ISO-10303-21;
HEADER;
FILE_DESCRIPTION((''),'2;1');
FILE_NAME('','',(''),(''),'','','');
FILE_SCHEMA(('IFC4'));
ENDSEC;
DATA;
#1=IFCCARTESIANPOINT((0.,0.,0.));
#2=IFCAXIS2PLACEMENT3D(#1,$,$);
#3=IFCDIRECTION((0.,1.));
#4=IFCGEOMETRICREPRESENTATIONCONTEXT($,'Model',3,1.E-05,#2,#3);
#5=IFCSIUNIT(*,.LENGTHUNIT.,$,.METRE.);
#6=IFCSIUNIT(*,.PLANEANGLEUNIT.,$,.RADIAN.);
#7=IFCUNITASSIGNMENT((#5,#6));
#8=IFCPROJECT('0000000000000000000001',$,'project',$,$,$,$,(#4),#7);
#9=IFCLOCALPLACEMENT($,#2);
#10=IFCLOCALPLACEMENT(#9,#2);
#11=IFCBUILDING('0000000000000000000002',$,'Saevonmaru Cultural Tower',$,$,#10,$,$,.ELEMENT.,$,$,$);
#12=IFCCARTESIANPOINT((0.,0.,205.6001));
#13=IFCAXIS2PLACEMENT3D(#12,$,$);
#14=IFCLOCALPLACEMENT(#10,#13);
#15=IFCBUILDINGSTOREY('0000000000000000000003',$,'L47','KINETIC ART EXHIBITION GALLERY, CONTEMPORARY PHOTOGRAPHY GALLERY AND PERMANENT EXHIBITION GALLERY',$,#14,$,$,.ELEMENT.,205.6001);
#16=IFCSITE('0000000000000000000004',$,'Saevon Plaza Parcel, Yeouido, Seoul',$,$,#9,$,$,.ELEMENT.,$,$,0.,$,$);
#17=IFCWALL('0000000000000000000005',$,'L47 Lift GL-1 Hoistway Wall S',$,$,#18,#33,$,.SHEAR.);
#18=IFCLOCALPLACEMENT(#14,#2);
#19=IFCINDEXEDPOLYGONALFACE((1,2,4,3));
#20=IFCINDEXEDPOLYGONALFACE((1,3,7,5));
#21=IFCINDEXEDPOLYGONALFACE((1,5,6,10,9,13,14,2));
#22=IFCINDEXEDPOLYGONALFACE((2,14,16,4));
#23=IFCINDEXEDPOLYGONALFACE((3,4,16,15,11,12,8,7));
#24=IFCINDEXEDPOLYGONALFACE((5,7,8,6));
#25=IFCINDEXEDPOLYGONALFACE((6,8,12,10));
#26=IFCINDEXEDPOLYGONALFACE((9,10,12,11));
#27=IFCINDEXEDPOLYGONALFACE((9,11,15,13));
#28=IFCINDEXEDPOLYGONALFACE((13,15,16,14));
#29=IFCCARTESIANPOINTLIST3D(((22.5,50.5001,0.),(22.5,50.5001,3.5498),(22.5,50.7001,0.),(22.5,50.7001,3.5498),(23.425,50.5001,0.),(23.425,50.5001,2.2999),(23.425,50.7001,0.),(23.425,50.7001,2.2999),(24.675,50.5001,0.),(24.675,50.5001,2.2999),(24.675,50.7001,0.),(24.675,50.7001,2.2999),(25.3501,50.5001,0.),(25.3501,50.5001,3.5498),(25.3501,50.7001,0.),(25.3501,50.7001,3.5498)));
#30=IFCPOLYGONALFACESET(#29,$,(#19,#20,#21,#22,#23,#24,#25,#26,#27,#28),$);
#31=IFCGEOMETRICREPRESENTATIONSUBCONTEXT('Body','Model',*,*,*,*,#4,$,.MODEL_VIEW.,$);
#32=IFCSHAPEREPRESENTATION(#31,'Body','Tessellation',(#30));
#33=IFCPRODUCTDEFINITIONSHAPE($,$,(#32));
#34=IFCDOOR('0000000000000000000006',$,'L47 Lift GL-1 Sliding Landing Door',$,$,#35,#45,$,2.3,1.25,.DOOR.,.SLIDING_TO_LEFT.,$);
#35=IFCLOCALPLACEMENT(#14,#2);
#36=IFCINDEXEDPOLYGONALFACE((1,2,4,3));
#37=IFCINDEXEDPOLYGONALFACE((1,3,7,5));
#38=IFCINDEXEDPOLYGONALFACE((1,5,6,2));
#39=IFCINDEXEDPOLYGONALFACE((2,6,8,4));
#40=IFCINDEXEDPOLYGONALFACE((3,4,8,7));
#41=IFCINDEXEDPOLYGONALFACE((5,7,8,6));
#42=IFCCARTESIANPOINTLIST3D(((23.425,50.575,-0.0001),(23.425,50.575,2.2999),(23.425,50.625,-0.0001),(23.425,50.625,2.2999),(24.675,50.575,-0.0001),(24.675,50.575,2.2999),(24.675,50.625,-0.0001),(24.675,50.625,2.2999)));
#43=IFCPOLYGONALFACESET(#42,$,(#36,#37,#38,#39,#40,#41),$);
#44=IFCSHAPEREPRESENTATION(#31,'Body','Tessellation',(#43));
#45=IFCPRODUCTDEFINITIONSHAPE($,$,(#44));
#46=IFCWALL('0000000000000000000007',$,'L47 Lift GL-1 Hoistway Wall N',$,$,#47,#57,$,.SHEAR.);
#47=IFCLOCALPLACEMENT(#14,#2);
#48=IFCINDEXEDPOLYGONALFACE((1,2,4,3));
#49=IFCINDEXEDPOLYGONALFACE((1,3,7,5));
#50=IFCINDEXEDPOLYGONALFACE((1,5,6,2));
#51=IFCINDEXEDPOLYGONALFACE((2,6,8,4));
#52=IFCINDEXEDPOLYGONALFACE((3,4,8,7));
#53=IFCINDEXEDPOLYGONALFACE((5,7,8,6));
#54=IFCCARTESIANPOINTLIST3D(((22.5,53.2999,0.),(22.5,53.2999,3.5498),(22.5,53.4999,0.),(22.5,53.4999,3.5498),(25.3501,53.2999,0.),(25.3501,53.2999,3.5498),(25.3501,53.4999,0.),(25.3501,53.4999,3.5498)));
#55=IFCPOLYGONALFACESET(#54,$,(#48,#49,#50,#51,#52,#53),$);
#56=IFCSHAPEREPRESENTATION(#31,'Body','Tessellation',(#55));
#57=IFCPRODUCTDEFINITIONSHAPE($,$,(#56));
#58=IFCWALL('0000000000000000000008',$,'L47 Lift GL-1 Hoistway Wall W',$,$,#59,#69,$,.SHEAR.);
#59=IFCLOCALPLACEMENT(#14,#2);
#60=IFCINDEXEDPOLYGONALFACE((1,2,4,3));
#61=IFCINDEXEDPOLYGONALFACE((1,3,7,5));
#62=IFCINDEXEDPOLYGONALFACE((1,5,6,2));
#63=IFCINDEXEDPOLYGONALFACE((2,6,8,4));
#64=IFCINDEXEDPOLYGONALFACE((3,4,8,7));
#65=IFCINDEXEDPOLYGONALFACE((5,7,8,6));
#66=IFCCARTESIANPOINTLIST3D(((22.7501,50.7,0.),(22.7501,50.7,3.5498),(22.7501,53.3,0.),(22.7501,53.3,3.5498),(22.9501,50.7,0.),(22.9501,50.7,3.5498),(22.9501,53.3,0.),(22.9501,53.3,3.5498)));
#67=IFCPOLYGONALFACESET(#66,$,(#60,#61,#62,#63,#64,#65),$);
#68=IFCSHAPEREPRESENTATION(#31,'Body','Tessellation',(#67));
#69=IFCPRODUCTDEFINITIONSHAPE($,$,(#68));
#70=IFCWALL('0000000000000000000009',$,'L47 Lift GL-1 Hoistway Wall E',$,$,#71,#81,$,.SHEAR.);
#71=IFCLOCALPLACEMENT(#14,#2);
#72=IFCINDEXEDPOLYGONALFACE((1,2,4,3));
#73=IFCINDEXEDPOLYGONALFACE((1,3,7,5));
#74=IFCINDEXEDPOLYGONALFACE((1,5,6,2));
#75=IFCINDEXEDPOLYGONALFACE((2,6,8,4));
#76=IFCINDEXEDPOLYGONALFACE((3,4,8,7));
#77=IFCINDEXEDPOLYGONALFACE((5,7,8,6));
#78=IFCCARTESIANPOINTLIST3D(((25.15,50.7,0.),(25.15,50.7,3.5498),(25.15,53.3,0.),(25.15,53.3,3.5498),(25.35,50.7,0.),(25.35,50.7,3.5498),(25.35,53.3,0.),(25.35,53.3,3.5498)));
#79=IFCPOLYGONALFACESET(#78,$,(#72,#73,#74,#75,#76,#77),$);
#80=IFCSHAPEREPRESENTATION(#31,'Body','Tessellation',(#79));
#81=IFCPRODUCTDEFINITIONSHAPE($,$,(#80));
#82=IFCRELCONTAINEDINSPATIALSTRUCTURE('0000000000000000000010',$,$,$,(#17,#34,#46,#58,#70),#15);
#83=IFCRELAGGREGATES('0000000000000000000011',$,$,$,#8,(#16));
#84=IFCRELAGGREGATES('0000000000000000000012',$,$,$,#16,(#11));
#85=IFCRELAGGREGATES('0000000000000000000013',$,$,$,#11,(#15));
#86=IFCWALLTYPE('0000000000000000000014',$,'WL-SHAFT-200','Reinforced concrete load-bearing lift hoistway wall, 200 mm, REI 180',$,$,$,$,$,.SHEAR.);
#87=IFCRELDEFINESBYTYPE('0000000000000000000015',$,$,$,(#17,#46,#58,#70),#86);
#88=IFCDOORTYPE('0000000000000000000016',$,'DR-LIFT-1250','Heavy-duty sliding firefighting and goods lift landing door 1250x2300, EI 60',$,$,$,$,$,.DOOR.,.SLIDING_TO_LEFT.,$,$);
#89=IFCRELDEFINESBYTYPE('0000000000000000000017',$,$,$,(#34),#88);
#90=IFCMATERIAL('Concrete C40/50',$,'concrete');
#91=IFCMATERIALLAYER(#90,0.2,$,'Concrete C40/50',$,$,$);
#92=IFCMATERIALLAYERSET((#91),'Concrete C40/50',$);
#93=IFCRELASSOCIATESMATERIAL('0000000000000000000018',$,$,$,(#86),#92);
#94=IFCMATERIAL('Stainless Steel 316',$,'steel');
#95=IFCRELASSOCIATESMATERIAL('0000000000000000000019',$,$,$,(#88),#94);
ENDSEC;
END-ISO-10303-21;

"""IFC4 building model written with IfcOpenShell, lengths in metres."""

from ifc_helpers import new_model, si_unit, direction, frame, frame_2d, origin, place, context, subcontext, project, spatial, rectangle, extrude, material, layer, layer_set, type_object, element, fill, save


model = new_model("IFC4")

# Units and contexts
model_context = context("Model", 3, precision=1e-05, world=origin(), true_north=direction((0.0, 1.0)))
body_context = subcontext(model_context, "Body", "Model", "MODEL_VIEW")
ifc_project = project(units=[si_unit("LENGTHUNIT", "METRE"), si_unit("PLANEANGLEUNIT", "RADIAN")], contexts=[model_context])

# Site, building, storey
site_placement = place(None, origin())
site = spatial("IfcSite", under=ifc_project, at=site_placement, Name="Saevon Plaza Parcel, Yeouido, Seoul", CompositionType="ELEMENT", RefElevation=0.0)
building_placement = place(site_placement, origin())
building = spatial("IfcBuilding", under=site, at=building_placement, Name="Saevonmaru Cultural Tower", CompositionType="ELEMENT")
storey_placement = place(building_placement, frame((0.0, 0.0, 205.6001)))
storey = spatial("IfcBuildingStorey", under=building, at=storey_placement, Name="L47", Description="KINETIC ART EXHIBITION GALLERY, CONTEMPORARY PHOTOGRAPHY GALLERY AND PERMANENT EXHIBITION GALLERY", CompositionType="ELEMENT", Elevation=205.6001)

# Shared definitions
ifc_material_1 = material(Name="Concrete C40/50", Category="concrete")
ifc_layer_1 = layer(ifc_material_1, 0.2, Name="Concrete C40/50")
ifc_layer_set_1 = layer_set([ifc_layer_1], Name="Concrete C40/50")
wall_type_1 = type_object("IfcWallType", Name="WL-SHAFT-200", Description="Reinforced concrete load-bearing lift hoistway wall, 200 mm, REI 180", PredefinedType="SHEAR", material=ifc_layer_set_1)

# Wall, opening, door
wall_1_placement = place(storey_placement, frame((22.5, 50.6001, 0.0), z_axis=(0.0, 0.0, 1.0), x_axis=(1.0, 0.0, 0.0)))
wall_1 = element("IfcWall", 1, at=wall_1_placement, inside=storey, type_object=wall_type_1, Name="L47 Lift GL-1 Hoistway Wall S", PredefinedType="SHEAR", context=body_context, shape_type="SweptSolid", body=[
    extrude(rectangle(XDim=2.8501, YDim=0.2, at=frame_2d((1.425, 0.0))), origin(), (0.0, 0.0, 1.0), 3.5498),
])
opening_placement = place(wall_1_placement, frame((0.925, 0.0, 0.0)))
opening = element("IfcOpeningElement", 2, at=opening_placement, cuts=wall_1, PredefinedType="OPENING", context=body_context, shape_type="SweptSolid", body=[
    extrude(rectangle(XDim=1.25, YDim=2.3, at=frame_2d((0.625, 1.1499))), frame((0.0, 0.1099, 0.0), z_axis=(0.0, -1.0, 0.0), x_axis=(1.0, 0.0, 0.0)), (0.0, 0.0, 1.0), 0.22),
])
ifc_material_2 = material(Name="Stainless Steel 316", Category="steel")
door_type = type_object("IfcDoorType", Name="DR-LIFT-1250", Description="Heavy-duty sliding firefighting and goods lift landing door 1250x2300, EI 60", OperationType="SLIDING_TO_LEFT", PredefinedType="DOOR", material=ifc_material_2)
door_placement = place(opening_placement, origin())
door = element("IfcDoor", 3, at=door_placement, inside=storey, type_object=door_type, Name="L47 Lift GL-1 Sliding Landing Door", OperationType="SLIDING_TO_LEFT", OverallHeight=2.3, OverallWidth=1.25, PredefinedType="DOOR", context=body_context, shape_type="SweptSolid", body=[
    extrude(rectangle(XDim=1.25, YDim=2.3, at=frame_2d((0.625, 1.1499))), frame((0.0, 0.0249, 0.0), z_axis=(0.0, -1.0, 0.0), x_axis=(1.0, 0.0, 0.0)), (0.0, 0.0, 1.0), 0.05),
])
fill(opening, door)

# Walls
wall_2_placement = place(storey_placement, frame((22.5, 53.3999, 0.0), z_axis=(0.0, 0.0, 1.0), x_axis=(1.0, 0.0, 0.0)))
element("IfcWall", 4, at=wall_2_placement, inside=storey, type_object=wall_type_1, Name="L47 Lift GL-1 Hoistway Wall N", PredefinedType="SHEAR", context=body_context, shape_type="SweptSolid", body=[
    extrude(rectangle(XDim=2.8501, YDim=0.2, at=frame_2d((1.425, 0.0))), origin(), (0.0, 0.0, 1.0), 3.5498),
])
for number, where, z_axis, x_axis, name in (
    (5, (22.8501, 50.7, 0.0), (0.0, 0.0, 1.0), (0.0, 1.0, 0.0), "L47 Lift GL-1 Hoistway Wall W"),
    (6, (25.25, 50.7, 0.0), (0.0, 0.0, 1.0), (0.0, 1.0, 0.0), "L47 Lift GL-1 Hoistway Wall E"),
):
    element("IfcWall", number, at=place(storey_placement, frame(where, z_axis=z_axis, x_axis=x_axis)), inside=storey, type_object=wall_type_1, Name=name, PredefinedType="SHEAR", context=body_context, shape_type="SweptSolid", body=[
        extrude(rectangle(XDim=2.6001, YDim=0.2, at=frame_2d((1.3, 0.0))), origin(), (0.0, 0.0, 1.0), 3.5498),
    ])

save(model, "model.ifc")
